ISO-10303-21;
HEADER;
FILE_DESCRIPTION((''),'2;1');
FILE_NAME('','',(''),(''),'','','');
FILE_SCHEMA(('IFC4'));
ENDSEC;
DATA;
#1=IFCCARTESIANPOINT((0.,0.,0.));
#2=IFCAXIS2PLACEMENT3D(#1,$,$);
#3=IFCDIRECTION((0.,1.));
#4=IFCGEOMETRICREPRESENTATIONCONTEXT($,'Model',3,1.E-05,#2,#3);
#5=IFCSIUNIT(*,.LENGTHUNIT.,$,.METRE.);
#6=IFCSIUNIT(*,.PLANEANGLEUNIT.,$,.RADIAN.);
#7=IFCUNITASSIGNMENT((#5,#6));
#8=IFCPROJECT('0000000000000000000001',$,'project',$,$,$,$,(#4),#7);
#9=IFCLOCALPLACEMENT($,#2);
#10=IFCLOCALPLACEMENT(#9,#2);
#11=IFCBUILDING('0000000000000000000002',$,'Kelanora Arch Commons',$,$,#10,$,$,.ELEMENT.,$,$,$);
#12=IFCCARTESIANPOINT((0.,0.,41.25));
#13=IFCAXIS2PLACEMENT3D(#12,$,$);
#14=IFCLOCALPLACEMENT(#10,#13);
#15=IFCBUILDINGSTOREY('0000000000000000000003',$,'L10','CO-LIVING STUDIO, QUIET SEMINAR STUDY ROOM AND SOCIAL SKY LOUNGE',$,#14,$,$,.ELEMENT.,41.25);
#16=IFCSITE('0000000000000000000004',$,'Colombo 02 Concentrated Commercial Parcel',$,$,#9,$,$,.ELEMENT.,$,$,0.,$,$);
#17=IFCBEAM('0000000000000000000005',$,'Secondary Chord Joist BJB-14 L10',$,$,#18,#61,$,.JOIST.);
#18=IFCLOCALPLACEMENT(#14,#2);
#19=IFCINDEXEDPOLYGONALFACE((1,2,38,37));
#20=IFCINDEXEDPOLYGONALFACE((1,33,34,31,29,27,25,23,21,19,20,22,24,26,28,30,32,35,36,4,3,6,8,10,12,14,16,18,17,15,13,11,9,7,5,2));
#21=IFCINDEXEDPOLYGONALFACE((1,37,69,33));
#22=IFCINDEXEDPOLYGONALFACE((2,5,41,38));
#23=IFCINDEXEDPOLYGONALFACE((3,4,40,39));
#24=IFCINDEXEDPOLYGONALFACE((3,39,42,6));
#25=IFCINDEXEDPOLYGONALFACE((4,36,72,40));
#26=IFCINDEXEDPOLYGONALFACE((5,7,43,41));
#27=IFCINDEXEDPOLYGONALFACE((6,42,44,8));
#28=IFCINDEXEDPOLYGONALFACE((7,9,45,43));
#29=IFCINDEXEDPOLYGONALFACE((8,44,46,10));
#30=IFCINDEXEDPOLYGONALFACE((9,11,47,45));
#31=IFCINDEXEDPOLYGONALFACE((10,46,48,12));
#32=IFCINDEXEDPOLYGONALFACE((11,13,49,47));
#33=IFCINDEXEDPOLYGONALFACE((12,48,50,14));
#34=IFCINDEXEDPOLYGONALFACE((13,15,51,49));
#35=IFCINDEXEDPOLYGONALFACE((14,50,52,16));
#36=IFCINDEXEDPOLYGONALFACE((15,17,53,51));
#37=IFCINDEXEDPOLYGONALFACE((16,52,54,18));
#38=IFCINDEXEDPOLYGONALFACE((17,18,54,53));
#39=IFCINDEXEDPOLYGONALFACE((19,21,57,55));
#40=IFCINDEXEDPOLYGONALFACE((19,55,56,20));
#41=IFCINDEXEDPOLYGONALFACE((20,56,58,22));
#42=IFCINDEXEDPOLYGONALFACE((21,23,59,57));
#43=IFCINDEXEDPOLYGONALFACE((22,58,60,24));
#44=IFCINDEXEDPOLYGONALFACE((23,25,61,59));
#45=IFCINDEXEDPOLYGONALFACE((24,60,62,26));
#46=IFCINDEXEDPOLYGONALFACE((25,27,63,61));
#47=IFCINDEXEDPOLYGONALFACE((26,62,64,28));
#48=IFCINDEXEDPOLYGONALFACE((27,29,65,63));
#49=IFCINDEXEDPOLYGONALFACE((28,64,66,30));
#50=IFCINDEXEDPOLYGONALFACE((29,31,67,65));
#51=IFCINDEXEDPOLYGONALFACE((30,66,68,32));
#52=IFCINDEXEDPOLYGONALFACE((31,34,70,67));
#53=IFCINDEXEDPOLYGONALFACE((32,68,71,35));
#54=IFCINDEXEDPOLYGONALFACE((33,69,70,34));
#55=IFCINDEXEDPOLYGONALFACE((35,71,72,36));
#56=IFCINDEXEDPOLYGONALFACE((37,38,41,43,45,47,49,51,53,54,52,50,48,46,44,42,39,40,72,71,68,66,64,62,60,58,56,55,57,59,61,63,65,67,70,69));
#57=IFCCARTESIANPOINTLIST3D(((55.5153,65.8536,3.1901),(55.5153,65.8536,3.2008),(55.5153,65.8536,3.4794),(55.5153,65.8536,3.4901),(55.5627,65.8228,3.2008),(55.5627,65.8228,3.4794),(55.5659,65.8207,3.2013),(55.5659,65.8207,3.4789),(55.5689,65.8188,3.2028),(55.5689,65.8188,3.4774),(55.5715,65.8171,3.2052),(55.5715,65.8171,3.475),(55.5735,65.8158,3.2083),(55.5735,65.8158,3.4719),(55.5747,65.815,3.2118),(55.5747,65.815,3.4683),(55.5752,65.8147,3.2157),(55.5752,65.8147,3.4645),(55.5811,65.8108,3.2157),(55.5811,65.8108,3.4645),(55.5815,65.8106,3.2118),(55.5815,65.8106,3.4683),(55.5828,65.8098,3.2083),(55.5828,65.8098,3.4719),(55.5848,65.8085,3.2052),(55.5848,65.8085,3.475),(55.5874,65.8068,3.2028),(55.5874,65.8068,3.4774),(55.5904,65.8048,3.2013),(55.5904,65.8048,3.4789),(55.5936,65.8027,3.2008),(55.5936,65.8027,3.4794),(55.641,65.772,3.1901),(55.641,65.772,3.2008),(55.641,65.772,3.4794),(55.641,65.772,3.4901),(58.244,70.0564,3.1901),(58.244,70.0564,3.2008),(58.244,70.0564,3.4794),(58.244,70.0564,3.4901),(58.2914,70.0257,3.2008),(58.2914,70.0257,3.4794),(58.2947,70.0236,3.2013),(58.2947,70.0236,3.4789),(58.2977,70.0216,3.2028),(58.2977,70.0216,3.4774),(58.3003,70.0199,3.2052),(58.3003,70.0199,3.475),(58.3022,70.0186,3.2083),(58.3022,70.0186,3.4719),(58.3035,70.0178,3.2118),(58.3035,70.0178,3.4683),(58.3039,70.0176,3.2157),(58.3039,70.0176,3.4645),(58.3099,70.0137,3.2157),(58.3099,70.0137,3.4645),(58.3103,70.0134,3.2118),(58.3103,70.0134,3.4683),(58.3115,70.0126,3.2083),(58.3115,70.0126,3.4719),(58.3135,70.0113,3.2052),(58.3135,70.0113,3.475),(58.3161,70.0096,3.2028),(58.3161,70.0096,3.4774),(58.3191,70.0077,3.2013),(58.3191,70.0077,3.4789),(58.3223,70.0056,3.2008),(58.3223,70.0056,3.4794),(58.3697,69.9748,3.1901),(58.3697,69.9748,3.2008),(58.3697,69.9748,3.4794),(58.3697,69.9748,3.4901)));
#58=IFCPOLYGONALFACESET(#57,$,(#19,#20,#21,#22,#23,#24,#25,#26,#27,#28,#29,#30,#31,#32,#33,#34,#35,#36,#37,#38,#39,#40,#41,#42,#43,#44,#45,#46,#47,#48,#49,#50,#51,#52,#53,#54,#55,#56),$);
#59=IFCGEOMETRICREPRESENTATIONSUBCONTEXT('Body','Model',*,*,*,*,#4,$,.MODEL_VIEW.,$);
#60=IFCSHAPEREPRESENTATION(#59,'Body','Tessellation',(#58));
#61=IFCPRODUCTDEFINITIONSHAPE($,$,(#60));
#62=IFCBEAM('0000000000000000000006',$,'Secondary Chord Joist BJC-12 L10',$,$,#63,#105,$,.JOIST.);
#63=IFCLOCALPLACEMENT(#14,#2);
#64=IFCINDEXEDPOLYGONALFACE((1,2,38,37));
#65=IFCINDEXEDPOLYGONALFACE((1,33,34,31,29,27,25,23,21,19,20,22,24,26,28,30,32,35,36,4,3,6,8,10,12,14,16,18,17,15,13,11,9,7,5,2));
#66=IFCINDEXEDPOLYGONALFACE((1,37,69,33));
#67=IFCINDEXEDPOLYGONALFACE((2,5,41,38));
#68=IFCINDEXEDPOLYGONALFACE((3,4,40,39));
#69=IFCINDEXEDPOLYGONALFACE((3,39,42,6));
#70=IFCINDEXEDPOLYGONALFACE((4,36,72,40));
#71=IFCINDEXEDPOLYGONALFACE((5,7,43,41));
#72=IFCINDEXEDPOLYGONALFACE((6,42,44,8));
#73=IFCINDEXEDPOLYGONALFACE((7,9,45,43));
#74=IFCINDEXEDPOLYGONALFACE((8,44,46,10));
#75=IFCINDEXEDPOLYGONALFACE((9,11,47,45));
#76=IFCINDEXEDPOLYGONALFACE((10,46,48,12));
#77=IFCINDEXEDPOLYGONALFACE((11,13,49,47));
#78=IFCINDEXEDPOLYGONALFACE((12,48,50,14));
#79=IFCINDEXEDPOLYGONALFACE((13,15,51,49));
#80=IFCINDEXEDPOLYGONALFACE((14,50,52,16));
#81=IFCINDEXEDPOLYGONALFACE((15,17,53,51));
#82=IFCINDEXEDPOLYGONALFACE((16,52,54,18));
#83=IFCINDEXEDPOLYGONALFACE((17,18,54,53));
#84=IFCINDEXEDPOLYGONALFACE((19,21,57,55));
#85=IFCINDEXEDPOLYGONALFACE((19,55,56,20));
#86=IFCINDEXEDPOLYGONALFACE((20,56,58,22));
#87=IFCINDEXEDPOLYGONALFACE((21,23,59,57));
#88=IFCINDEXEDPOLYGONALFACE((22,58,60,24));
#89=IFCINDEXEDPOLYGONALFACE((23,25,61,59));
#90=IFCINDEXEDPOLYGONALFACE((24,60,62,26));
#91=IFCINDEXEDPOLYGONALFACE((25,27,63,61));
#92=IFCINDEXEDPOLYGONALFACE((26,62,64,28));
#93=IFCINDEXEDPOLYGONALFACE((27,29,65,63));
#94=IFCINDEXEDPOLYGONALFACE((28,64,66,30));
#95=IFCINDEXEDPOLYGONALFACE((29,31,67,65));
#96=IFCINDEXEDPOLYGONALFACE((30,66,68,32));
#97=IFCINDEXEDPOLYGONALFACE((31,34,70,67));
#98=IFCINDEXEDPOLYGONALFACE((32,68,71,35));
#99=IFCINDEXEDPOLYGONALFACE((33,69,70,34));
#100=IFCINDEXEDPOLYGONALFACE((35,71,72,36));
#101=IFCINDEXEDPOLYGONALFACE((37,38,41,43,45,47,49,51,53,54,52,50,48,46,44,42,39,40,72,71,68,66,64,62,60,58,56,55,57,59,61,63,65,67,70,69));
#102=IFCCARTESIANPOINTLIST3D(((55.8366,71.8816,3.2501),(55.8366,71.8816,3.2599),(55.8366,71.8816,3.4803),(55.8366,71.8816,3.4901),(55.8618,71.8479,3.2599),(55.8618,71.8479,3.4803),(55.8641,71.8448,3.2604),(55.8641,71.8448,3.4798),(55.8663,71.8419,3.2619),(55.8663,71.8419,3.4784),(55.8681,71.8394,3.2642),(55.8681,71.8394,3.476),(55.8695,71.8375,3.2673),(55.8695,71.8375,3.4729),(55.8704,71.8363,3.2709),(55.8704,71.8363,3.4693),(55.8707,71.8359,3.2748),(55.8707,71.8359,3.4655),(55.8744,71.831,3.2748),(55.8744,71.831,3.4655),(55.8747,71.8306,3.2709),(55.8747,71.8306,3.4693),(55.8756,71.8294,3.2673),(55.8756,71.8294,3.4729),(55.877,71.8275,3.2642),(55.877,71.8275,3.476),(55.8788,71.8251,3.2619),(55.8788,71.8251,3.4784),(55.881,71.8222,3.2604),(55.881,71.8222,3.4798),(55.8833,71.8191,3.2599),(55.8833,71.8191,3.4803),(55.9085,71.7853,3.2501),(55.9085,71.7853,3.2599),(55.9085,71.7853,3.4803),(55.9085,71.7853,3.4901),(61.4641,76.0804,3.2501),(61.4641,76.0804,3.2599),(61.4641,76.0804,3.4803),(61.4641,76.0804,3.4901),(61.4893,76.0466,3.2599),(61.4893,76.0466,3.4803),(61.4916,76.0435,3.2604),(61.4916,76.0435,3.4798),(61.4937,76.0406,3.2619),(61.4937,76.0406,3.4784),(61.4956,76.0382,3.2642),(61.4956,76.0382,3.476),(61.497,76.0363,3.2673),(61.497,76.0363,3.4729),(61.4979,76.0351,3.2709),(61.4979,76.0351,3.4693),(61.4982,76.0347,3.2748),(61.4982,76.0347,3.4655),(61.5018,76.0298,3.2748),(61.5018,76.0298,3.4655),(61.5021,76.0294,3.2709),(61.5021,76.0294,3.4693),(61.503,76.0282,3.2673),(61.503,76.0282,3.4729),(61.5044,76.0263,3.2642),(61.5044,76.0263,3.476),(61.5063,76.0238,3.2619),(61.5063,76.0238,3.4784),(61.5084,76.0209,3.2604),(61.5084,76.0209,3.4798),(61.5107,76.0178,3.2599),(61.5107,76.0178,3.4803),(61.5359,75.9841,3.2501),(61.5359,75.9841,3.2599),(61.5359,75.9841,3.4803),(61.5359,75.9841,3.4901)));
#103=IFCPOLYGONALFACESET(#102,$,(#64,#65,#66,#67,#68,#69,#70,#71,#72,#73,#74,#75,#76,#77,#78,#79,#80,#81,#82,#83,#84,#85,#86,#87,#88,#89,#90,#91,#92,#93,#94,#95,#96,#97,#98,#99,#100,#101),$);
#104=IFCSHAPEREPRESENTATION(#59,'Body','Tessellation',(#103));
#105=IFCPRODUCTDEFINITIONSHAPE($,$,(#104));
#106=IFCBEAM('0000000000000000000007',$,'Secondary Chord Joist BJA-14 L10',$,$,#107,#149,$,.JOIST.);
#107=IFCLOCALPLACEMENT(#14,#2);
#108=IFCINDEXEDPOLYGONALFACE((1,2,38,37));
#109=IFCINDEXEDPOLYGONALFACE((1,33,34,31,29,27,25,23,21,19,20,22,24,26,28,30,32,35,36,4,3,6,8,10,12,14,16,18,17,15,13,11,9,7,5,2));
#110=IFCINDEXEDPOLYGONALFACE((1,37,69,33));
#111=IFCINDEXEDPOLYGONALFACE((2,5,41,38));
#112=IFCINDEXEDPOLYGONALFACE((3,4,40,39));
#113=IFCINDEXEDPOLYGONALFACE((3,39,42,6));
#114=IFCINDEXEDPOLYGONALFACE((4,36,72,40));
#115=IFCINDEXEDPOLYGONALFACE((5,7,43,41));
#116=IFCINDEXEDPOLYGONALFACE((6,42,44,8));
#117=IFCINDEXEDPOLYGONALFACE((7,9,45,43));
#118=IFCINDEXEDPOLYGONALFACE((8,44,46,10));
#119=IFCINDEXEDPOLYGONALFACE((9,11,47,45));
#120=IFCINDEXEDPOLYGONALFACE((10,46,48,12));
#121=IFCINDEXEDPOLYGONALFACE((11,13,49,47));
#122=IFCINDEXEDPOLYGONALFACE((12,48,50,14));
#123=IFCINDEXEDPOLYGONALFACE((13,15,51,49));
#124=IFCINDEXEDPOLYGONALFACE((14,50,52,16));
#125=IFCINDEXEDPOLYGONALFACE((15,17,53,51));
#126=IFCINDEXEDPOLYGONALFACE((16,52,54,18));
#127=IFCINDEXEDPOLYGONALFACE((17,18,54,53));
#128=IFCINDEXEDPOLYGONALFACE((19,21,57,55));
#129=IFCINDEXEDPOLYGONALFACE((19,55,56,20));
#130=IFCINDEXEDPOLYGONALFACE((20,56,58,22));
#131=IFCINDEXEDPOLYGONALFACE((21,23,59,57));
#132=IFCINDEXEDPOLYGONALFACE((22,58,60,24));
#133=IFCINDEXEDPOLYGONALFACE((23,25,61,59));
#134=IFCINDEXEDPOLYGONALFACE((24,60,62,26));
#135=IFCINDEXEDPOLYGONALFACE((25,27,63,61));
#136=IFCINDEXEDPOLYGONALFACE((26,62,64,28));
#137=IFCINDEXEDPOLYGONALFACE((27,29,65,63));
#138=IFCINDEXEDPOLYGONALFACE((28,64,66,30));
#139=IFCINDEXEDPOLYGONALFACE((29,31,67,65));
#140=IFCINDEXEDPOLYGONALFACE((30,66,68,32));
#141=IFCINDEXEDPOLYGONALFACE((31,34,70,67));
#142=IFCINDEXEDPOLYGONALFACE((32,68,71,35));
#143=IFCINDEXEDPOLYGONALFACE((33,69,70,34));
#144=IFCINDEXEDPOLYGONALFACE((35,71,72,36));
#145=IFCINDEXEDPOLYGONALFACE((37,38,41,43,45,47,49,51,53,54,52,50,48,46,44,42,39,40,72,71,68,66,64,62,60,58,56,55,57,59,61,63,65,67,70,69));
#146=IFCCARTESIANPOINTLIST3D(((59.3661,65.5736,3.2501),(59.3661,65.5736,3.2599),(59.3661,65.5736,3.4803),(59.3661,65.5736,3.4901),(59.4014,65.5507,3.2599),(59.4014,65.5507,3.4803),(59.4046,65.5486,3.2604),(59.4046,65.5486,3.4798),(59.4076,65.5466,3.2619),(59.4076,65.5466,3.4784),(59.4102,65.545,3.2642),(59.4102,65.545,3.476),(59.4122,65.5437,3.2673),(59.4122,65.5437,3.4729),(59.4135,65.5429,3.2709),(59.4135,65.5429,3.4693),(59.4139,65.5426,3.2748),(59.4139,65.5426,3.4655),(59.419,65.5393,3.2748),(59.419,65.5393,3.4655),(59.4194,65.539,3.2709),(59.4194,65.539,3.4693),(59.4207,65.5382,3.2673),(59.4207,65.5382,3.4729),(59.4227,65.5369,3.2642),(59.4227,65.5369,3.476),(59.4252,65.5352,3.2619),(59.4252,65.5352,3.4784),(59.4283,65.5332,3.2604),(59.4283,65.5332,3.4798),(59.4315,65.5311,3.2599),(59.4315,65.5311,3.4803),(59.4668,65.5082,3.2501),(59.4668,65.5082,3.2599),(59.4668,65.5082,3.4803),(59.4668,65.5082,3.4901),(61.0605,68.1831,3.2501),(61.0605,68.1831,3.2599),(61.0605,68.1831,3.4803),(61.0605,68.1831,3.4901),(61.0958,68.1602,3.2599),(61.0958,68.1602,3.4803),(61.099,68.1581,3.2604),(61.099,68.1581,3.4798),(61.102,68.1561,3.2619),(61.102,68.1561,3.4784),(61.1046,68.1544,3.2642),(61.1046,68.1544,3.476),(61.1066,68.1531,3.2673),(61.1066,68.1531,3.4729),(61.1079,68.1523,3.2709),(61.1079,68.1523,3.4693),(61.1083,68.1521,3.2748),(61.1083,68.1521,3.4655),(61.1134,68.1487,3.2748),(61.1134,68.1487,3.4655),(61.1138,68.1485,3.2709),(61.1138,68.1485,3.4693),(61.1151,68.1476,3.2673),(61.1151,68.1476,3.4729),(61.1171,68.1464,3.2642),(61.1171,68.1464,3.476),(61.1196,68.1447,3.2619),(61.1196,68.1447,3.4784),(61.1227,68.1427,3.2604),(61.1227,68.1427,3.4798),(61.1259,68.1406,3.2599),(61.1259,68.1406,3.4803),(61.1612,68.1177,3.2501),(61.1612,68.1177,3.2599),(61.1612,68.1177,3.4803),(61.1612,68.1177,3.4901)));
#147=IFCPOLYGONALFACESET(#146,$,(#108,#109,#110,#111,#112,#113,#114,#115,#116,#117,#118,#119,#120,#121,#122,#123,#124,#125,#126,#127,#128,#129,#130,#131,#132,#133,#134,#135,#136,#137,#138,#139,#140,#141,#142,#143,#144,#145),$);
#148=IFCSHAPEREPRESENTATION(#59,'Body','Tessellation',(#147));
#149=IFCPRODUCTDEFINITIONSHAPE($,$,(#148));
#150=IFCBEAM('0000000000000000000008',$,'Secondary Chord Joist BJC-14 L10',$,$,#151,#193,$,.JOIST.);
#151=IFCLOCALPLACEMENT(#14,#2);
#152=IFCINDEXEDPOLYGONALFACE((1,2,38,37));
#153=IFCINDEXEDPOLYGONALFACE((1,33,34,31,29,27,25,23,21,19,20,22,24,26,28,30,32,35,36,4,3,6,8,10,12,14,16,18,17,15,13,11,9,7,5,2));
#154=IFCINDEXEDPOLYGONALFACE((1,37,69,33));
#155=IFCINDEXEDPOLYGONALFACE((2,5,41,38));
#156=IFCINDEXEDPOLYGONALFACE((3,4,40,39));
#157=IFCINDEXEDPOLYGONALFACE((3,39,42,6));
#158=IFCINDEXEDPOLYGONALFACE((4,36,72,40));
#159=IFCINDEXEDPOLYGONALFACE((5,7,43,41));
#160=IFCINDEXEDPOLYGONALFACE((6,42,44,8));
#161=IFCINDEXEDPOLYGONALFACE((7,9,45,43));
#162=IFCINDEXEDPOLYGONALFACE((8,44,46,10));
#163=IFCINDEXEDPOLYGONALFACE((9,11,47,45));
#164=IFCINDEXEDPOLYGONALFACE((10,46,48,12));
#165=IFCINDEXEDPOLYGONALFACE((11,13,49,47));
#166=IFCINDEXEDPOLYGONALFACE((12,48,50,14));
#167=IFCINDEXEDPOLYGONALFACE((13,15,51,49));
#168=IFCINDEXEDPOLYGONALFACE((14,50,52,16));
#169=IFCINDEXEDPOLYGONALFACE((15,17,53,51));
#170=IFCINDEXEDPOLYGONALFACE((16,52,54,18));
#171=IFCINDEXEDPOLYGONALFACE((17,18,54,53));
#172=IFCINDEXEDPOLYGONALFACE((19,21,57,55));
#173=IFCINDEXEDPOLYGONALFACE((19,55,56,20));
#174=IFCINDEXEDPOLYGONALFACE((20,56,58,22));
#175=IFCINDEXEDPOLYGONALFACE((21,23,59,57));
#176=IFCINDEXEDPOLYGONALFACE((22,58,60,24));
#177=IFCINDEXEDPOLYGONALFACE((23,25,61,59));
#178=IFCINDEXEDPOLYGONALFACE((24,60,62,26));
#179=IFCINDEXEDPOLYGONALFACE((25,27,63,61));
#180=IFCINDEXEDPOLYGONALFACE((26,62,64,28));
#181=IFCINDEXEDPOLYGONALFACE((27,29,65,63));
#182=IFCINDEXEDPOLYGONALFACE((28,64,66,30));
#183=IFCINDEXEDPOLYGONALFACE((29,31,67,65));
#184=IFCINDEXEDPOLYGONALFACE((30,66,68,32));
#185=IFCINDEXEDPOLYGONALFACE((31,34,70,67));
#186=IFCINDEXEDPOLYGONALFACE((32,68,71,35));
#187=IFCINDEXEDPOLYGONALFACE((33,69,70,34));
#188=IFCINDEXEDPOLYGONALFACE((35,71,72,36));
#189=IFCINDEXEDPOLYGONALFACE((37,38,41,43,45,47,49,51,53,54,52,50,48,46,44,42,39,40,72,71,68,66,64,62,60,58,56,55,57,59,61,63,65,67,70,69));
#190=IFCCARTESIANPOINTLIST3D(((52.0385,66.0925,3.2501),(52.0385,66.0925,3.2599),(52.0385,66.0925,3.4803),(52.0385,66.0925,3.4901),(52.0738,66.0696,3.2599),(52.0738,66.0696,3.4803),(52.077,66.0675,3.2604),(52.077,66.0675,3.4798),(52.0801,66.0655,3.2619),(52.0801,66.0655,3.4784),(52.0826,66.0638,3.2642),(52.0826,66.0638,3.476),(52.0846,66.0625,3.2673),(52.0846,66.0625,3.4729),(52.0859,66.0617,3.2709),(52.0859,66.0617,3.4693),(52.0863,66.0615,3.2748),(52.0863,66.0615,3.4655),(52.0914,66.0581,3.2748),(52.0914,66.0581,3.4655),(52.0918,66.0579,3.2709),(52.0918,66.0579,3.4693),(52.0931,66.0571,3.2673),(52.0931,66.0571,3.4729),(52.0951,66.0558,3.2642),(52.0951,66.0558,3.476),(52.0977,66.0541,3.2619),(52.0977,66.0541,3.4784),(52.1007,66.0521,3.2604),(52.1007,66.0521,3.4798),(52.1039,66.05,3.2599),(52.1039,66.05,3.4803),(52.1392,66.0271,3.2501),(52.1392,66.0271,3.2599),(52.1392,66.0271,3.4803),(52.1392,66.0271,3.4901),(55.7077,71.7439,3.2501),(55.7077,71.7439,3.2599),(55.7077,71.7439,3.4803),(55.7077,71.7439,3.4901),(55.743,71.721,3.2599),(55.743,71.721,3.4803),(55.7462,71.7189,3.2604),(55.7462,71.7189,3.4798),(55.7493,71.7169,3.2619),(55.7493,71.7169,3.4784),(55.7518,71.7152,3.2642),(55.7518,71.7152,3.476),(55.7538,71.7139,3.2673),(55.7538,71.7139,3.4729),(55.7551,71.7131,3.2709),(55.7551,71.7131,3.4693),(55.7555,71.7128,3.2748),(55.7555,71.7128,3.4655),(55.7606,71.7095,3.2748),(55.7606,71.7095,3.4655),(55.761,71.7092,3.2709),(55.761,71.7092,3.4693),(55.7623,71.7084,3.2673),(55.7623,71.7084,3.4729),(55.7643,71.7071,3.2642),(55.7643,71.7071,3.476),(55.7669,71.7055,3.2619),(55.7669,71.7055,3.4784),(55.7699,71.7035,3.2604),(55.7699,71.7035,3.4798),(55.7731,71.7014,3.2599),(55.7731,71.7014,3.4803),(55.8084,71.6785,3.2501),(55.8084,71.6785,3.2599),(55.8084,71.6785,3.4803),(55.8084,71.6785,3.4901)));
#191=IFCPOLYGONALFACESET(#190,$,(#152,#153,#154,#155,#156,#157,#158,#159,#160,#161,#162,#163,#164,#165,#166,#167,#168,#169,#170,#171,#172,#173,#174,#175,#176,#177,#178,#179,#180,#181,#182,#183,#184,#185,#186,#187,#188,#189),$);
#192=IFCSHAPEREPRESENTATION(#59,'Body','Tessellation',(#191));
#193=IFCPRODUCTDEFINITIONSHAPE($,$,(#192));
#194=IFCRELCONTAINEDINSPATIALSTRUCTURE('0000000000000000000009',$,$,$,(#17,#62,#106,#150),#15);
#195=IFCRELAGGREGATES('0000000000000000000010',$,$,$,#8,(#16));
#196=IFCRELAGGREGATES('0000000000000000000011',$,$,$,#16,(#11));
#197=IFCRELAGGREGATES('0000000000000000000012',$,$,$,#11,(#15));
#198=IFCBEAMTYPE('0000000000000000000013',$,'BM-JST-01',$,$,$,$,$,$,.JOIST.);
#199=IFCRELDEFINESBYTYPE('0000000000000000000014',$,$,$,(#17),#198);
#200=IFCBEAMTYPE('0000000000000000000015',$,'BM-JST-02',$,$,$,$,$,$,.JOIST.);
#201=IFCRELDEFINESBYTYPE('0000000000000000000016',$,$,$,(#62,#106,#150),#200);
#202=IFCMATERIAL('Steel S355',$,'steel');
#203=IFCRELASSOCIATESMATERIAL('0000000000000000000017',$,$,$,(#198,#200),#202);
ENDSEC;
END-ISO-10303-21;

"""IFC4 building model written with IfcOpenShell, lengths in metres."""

from ifc_helpers import new_model, si_unit, direction, frame, origin, origin_2d, place, context, subcontext, project, spatial, i_section, extrude, material, material_profile, profile_set, type_object, element, save


model = new_model("IFC4")

# Units and contexts
model_context = context("Model", 3, precision=1e-05, world=origin(), true_north=direction((0.0, 1.0)))
body_context = subcontext(model_context, "Body", "Model", "MODEL_VIEW")
ifc_project = project(units=[si_unit("LENGTHUNIT", "METRE"), si_unit("PLANEANGLEUNIT", "RADIAN")], contexts=[model_context])

# Site, building, storey
site_placement = place(None, origin())
site = spatial("IfcSite", under=ifc_project, at=site_placement, Name="Colombo 02 Concentrated Commercial Parcel", CompositionType="ELEMENT", RefElevation=0.0)
building_placement = place(site_placement, origin())
building = spatial("IfcBuilding", under=site, at=building_placement, Name="Kelanora Arch Commons", CompositionType="ELEMENT")
storey_placement = place(building_placement, frame((0.0, 0.0, 41.25)))
storey = spatial("IfcBuildingStorey", under=building, at=storey_placement, Name="L10", Description="CO-LIVING STUDIO, QUIET SEMINAR STUDY ROOM AND SOCIAL SKY LOUNGE", CompositionType="ELEMENT", Elevation=41.25)

# Beams
ifc_material_1 = material(Name="Steel S355", Category="steel")
ifc_material_profile_1 = material_profile(ifc_material_1, i_section(OverallWidth=0.1499, OverallDepth=0.3, WebThickness=0.0071, FlangeThickness=0.0107, FilletRadius=0.0149, at=origin_2d()), Name="IPE300")
ifc_profile_set_1 = profile_set([ifc_material_profile_1], Name="Steel S355")
beam_type_1 = type_object("IfcBeamType", Name="BM-JST-01", PredefinedType="JOIST", material=ifc_profile_set_1)
beam_1_placement = place(storey_placement, frame((58.3069, 70.0156, 3.3401), z_axis=(-0.544552, -0.838727, 0.0), x_axis=(0.838727, -0.544552, 0.0)))
element("IfcBeam", 1, at=beam_1_placement, inside=storey, type_object=beam_type_1, Name="Secondary Chord Joist BJB-14 L10", PredefinedType="JOIST", context=body_context, shape_type="SweptSolid", body=[
    extrude(i_section(OverallWidth=0.1499, OverallDepth=0.3, WebThickness=0.0071, FlangeThickness=0.0107, FilletRadius=0.0149, at=origin_2d()), origin(), (0.0, 0.0, 1.0), 5.011),
])
ifc_material_profile_2 = material_profile(ifc_material_1, i_section(OverallWidth=0.1201, OverallDepth=0.24, WebThickness=0.0061, FlangeThickness=0.0098, FilletRadius=0.0149, at=origin_2d()), Name="IPE240")
ifc_profile_set_2 = profile_set([ifc_material_profile_2], Name="Steel S355")
beam_type_2 = type_object("IfcBeamType", Name="BM-JST-02", PredefinedType="JOIST", material=ifc_profile_set_2)
beam_2_placement = place(storey_placement, frame((61.5, 76.0322, 3.3701), z_axis=(-0.801491, -0.598006, 0.0), x_axis=(0.598006, -0.801491, 0.0)))
element("IfcBeam", 2, at=beam_2_placement, inside=storey, type_object=beam_type_2, Name="Secondary Chord Joist BJC-12 L10", PredefinedType="JOIST", context=body_context, shape_type="SweptSolid", body=[
    extrude(i_section(OverallWidth=0.1201, OverallDepth=0.24, WebThickness=0.0061, FlangeThickness=0.0098, FilletRadius=0.0149, at=origin_2d()), origin(), (0.0, 0.0, 1.0), 7.0212),
])
beam_3_placement = place(storey_placement, frame((61.1108, 68.1504, 3.3701), z_axis=(-0.544591, -0.838702, 0.0), x_axis=(0.838702, -0.544591, 0.0)))
element("IfcBeam", 3, at=beam_3_placement, inside=storey, type_object=beam_type_2, Name="Secondary Chord Joist BJA-14 L10", PredefinedType="JOIST", context=body_context, shape_type="SweptSolid", body=[
    extrude(i_section(OverallWidth=0.1201, OverallDepth=0.24, WebThickness=0.0061, FlangeThickness=0.0098, FilletRadius=0.0149, at=origin_2d()), origin(), (0.0, 0.0, 1.0), 3.1113),
])
beam_4_placement = place(storey_placement, frame((55.7581, 71.7112, 3.3701), z_axis=(-0.54455, -0.838728, 0.0), x_axis=(0.838728, -0.54455, 0.0)))
element("IfcBeam", 4, at=beam_4_placement, inside=storey, type_object=beam_type_2, Name="Secondary Chord Joist BJC-14 L10", PredefinedType="JOIST", context=body_context, shape_type="SweptSolid", body=[
    extrude(i_section(OverallWidth=0.1201, OverallDepth=0.24, WebThickness=0.0061, FlangeThickness=0.0098, FilletRadius=0.0149, at=origin_2d()), origin(), (0.0, 0.0, 1.0), 6.738),
])

save(model, "model.ifc")
